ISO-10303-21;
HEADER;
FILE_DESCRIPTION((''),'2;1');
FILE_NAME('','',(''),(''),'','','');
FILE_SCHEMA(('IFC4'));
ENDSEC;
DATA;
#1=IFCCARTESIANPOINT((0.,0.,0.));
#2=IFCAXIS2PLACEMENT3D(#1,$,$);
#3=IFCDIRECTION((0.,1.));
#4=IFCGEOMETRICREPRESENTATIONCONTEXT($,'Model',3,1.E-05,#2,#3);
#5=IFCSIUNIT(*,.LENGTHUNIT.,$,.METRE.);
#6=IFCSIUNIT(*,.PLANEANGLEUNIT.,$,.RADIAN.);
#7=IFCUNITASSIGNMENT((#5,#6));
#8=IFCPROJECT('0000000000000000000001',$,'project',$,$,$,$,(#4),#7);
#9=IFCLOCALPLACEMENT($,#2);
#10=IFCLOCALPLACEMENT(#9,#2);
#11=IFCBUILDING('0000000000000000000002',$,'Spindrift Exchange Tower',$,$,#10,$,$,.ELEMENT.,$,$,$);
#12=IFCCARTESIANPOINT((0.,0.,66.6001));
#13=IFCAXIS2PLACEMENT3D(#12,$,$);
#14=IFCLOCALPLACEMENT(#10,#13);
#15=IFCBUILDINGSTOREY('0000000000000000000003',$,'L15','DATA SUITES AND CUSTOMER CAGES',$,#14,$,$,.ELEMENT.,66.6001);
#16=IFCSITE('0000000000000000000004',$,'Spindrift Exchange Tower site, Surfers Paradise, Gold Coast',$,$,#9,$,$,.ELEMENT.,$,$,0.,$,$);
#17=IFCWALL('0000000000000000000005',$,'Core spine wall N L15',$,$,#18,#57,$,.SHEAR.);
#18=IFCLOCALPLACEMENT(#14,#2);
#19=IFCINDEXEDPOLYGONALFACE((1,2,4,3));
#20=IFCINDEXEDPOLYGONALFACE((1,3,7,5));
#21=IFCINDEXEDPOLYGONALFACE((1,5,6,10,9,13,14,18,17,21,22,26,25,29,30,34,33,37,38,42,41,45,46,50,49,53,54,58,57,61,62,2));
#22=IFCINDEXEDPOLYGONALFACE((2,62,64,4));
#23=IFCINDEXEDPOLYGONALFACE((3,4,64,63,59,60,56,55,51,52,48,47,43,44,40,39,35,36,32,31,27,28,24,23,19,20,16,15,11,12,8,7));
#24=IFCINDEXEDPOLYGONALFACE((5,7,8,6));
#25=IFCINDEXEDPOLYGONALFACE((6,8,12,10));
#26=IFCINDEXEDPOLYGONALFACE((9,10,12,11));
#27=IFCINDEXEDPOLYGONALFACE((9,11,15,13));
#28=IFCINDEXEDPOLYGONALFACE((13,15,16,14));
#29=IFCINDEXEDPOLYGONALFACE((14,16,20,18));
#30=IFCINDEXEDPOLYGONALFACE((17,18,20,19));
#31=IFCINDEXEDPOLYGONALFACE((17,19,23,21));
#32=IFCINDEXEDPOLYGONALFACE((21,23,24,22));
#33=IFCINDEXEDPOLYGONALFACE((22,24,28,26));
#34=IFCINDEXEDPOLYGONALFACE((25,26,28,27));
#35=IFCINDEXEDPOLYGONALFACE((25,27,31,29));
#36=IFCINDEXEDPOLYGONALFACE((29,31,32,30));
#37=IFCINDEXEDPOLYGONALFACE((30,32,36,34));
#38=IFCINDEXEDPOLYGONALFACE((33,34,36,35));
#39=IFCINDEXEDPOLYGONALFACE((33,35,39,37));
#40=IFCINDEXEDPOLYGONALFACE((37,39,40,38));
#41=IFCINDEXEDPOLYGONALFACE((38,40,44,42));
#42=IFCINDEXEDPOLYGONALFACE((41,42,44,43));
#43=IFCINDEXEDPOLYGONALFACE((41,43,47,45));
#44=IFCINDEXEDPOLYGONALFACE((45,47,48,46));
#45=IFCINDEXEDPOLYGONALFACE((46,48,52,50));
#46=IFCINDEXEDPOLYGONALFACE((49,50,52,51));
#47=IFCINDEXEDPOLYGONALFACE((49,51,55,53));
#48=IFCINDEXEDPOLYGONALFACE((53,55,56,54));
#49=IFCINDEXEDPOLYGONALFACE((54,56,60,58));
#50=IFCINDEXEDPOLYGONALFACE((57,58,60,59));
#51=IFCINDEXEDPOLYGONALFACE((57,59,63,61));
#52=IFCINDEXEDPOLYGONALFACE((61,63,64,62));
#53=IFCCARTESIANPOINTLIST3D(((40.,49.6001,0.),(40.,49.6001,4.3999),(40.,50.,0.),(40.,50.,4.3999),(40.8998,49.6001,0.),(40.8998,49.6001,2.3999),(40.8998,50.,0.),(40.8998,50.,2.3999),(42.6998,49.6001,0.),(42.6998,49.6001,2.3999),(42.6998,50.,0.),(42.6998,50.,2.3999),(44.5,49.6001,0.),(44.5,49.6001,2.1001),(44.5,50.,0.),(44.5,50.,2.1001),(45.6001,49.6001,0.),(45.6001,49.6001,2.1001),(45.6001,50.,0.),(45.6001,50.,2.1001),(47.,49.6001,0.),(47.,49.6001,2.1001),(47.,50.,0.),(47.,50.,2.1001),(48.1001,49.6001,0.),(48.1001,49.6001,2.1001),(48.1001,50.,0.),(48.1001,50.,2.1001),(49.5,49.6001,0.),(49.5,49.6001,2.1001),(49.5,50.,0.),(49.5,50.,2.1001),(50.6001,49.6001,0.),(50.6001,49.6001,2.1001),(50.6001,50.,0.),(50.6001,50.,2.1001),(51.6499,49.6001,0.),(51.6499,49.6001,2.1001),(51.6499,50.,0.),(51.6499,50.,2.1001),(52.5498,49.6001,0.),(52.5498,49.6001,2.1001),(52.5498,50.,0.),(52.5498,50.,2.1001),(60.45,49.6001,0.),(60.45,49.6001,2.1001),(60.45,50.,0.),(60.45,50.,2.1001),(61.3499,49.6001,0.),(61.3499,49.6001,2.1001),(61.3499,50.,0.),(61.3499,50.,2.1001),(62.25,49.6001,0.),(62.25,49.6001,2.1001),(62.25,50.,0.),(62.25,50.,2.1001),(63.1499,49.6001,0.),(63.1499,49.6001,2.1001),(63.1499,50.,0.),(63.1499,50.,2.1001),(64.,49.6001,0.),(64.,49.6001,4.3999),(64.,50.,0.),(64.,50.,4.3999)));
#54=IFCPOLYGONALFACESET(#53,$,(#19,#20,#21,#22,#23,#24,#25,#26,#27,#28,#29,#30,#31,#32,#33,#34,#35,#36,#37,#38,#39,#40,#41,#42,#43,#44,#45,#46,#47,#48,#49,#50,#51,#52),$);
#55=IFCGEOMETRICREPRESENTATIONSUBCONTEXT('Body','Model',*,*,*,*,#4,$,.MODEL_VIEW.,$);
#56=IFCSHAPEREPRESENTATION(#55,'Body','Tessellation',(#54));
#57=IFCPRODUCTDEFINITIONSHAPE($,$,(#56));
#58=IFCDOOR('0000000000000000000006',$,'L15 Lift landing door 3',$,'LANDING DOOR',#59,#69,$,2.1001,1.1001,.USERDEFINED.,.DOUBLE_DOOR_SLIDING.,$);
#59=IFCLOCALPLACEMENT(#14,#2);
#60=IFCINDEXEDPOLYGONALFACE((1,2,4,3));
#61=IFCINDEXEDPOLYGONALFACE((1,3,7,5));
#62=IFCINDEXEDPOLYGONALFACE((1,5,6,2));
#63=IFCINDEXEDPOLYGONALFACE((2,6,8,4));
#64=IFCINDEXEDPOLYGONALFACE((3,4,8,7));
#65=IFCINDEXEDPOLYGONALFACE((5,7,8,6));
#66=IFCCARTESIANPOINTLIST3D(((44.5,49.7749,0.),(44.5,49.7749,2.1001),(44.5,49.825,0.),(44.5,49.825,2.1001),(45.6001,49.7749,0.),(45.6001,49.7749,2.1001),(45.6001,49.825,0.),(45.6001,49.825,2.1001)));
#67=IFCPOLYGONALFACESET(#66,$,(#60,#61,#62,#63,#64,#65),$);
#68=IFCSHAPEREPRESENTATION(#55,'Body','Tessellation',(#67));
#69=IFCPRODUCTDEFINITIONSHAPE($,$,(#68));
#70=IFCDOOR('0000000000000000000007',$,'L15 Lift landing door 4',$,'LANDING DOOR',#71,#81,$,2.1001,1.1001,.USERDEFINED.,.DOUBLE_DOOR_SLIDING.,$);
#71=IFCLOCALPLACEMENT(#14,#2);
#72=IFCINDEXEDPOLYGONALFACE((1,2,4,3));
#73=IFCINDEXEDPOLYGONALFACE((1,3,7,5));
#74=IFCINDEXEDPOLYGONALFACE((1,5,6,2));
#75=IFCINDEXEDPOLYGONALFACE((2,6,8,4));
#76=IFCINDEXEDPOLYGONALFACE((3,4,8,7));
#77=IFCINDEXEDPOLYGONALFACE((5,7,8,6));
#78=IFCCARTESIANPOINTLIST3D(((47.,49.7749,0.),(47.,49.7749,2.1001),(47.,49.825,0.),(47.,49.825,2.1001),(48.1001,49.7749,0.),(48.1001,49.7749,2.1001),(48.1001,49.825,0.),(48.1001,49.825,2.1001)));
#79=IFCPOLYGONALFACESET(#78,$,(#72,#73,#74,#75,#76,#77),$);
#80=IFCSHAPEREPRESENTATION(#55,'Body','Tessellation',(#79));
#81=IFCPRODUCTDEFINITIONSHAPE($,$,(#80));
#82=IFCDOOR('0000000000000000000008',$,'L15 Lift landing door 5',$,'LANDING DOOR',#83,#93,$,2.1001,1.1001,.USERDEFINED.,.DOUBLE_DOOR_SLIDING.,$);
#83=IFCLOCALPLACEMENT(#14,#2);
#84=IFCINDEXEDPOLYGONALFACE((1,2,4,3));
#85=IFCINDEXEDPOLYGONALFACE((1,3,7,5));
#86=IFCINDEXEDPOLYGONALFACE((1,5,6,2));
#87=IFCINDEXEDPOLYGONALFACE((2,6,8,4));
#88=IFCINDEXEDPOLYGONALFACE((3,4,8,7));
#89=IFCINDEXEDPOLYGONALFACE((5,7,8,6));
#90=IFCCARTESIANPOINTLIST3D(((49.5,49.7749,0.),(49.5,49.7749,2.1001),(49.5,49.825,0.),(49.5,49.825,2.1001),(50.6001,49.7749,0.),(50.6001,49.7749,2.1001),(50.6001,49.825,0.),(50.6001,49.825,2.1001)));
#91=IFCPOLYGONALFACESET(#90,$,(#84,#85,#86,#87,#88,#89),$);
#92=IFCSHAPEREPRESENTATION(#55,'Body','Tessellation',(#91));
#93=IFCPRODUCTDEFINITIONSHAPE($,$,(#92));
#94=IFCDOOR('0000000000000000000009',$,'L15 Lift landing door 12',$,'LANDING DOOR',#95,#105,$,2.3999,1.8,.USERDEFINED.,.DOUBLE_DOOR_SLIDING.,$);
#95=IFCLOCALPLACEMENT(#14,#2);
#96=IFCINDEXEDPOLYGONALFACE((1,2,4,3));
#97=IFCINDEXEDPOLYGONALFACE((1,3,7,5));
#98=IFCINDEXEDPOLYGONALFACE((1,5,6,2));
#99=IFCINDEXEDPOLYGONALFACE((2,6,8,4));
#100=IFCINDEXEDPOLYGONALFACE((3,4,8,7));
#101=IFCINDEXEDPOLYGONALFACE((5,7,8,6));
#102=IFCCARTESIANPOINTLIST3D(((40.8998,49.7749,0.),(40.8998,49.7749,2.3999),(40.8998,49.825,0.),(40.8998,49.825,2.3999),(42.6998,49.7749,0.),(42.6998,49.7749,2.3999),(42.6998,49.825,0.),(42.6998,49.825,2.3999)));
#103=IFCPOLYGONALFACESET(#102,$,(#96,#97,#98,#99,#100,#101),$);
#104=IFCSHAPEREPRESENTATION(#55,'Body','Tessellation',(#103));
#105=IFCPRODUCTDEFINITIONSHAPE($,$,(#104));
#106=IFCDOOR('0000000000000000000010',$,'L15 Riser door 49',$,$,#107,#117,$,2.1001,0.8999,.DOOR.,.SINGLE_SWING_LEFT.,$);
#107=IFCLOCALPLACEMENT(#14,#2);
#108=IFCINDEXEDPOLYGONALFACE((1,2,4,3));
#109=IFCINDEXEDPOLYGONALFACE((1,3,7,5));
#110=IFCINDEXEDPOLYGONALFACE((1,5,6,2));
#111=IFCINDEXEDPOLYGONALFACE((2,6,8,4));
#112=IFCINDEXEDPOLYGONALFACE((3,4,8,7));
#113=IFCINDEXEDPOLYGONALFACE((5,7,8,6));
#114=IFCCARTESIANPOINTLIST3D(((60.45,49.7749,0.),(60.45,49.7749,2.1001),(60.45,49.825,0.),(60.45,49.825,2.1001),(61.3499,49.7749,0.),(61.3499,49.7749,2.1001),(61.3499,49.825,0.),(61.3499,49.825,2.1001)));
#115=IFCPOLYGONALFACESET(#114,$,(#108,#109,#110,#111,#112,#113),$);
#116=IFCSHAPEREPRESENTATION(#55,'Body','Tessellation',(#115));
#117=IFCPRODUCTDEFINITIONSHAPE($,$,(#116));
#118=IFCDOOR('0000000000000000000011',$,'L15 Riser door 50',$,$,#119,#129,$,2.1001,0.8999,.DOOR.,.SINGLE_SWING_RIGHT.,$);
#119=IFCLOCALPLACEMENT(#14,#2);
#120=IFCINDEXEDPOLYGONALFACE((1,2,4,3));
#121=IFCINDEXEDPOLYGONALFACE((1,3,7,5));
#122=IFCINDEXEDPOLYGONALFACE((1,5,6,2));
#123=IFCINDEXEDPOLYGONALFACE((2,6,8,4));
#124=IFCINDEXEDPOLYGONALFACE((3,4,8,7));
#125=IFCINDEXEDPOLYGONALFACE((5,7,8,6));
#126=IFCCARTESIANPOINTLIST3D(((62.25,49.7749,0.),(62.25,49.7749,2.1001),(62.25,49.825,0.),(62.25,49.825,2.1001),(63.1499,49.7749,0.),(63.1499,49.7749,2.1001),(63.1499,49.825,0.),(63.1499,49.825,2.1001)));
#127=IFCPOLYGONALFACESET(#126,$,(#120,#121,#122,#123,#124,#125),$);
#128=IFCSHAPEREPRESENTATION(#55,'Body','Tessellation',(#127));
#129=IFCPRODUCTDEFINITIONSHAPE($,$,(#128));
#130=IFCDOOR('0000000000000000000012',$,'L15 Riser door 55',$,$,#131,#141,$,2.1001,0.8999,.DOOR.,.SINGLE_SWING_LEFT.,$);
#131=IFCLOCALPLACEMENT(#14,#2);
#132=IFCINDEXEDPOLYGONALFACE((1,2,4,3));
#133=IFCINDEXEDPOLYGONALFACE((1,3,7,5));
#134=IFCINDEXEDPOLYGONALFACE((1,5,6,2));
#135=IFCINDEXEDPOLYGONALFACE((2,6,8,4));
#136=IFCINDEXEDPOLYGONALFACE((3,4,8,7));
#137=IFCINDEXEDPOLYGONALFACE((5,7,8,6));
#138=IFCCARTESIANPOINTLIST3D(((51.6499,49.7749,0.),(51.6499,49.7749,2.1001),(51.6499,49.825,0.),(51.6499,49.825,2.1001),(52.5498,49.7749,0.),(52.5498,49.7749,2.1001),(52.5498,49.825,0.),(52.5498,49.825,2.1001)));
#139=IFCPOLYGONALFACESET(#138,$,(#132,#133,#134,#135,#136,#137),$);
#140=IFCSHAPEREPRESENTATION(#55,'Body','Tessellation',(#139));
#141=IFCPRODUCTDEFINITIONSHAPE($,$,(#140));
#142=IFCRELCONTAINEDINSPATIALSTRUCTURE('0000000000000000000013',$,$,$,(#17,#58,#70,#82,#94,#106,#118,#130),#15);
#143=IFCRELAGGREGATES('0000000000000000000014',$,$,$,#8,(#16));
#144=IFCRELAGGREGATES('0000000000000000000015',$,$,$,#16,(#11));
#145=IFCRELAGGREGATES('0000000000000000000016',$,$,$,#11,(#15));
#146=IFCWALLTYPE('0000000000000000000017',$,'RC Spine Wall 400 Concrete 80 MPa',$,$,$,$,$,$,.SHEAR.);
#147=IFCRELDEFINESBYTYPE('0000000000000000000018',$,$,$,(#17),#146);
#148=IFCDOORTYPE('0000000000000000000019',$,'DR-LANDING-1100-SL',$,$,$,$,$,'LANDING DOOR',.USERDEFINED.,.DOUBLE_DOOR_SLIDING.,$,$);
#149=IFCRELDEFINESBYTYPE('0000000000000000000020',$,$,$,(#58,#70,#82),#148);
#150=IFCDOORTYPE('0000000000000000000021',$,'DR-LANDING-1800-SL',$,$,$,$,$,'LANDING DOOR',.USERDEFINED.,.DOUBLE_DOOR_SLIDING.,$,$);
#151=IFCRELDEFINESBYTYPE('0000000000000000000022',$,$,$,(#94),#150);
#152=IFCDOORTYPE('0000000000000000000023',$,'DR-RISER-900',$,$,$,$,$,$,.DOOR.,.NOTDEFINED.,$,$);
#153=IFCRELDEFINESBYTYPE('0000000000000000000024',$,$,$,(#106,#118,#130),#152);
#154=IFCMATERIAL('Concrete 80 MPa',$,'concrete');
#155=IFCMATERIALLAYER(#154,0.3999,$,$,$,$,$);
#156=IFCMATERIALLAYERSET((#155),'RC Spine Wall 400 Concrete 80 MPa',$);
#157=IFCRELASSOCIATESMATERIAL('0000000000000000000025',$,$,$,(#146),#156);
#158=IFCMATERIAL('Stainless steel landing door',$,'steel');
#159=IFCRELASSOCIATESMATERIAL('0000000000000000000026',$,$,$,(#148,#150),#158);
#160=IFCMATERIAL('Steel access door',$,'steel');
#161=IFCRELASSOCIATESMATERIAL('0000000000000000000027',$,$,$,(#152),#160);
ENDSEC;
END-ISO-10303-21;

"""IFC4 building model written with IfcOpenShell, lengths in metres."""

from ifc_helpers import new_model, si_unit, direction, frame, frame_2d, origin, place, context, subcontext, project, spatial, rectangle, extrude, source, transform, mapped, material, layer, layer_set, type_object, element, fill, save


model = new_model("IFC4")

# Units and contexts
model_context = context("Model", 3, precision=1e-05, world=origin(), true_north=direction((0.0, 1.0)))
body_context = subcontext(model_context, "Body", "Model", "MODEL_VIEW")
ifc_project = project(units=[si_unit("LENGTHUNIT", "METRE"), si_unit("PLANEANGLEUNIT", "RADIAN")], contexts=[model_context])

# Site, building, storey
site_placement = place(None, origin())
site = spatial("IfcSite", under=ifc_project, at=site_placement, Name="Spindrift Exchange Tower site, Surfers Paradise, Gold Coast", CompositionType="ELEMENT", RefElevation=0.0)
building_placement = place(site_placement, origin())
building = spatial("IfcBuilding", under=site, at=building_placement, Name="Spindrift Exchange Tower", CompositionType="ELEMENT")
storey_placement = place(building_placement, frame((0.0, 0.0, 66.6001)))
storey = spatial("IfcBuildingStorey", under=building, at=storey_placement, Name="L15", Description="DATA SUITES AND CUSTOMER CAGES", CompositionType="ELEMENT", Elevation=66.6001)

# Wall, openings, doors
ifc_material_1 = material(Name="Concrete 80 MPa", Category="concrete")
ifc_layer_1 = layer(ifc_material_1, 0.3999)
ifc_layer_set_1 = layer_set([ifc_layer_1], Name="RC Spine Wall 400 Concrete 80 MPa")
wall_type_1 = type_object("IfcWallType", Name="RC Spine Wall 400 Concrete 80 MPa", PredefinedType="SHEAR", material=ifc_layer_set_1)
wall_1_placement = place(storey_placement, frame((40.0, 49.8, 0.0), z_axis=(0.0, 0.0, 1.0), x_axis=(1.0, 0.0, 0.0)))
wall_1 = element("IfcWall", 1, at=wall_1_placement, inside=storey, type_object=wall_type_1, Name="Core spine wall N L15", PredefinedType="SHEAR", context=body_context, shape_type="SweptSolid", body=[
    extrude(rectangle(XDim=24.0, YDim=0.3999, at=frame_2d((12.0, 0.0))), origin(), (0.0, 0.0, 1.0), 4.3999),
])
opening_1_placement = place(wall_1_placement, frame((4.5, 0.0, 0.0)))
opening_1 = element("IfcOpeningElement", 2, at=opening_1_placement, cuts=wall_1, PredefinedType="OPENING", context=body_context, shape_type="SweptSolid", body=[
    extrude(rectangle(XDim=1.1001, YDim=2.1001, at=frame_2d((0.55, 1.05))), frame((0.0, 0.21, 0.0), z_axis=(0.0, -1.0, 0.0), x_axis=(1.0, 0.0, 0.0)), (0.0, 0.0, 1.0), 0.4199),
])
opening_2_placement = place(wall_1_placement, frame((7.0, 0.0, 0.0)))
opening_2 = element("IfcOpeningElement", 3, at=opening_2_placement, cuts=wall_1, PredefinedType="OPENING", context=body_context, shape_type="SweptSolid", body=[
    extrude(rectangle(XDim=1.1001, YDim=2.1001, at=frame_2d((0.55, 1.05))), frame((0.0, 0.21, 0.0), z_axis=(0.0, -1.0, 0.0), x_axis=(1.0, 0.0, 0.0)), (0.0, 0.0, 1.0), 0.4199),
])
opening_3_placement = place(wall_1_placement, frame((9.5, 0.0, 0.0)))
opening_3 = element("IfcOpeningElement", 4, at=opening_3_placement, cuts=wall_1, PredefinedType="OPENING", context=body_context, shape_type="SweptSolid", body=[
    extrude(rectangle(XDim=1.1001, YDim=2.1001, at=frame_2d((0.55, 1.05))), frame((0.0, 0.21, 0.0), z_axis=(0.0, -1.0, 0.0), x_axis=(1.0, 0.0, 0.0)), (0.0, 0.0, 1.0), 0.4199),
])
opening_4_placement = place(wall_1_placement, frame((0.8999, 0.0, 0.0)))
opening_4 = element("IfcOpeningElement", 5, at=opening_4_placement, cuts=wall_1, PredefinedType="OPENING", context=body_context, shape_type="SweptSolid", body=[
    extrude(rectangle(XDim=1.8, YDim=2.3999, at=frame_2d((0.8999, 1.2))), frame((0.0, 0.21, 0.0), z_axis=(0.0, -1.0, 0.0), x_axis=(1.0, 0.0, 0.0)), (0.0, 0.0, 1.0), 0.4199),
])
opening_5_placement = place(wall_1_placement, frame((20.45, 0.0, 0.0)))
opening_5 = element("IfcOpeningElement", 6, at=opening_5_placement, cuts=wall_1, PredefinedType="OPENING", context=body_context, shape_type="SweptSolid", body=[
    extrude(rectangle(XDim=0.8999, YDim=2.1001, at=frame_2d((0.45, 1.05))), frame((0.0, 0.21, 0.0), z_axis=(0.0, -1.0, 0.0), x_axis=(1.0, 0.0, 0.0)), (0.0, 0.0, 1.0), 0.4199),
])
opening_6_placement = place(wall_1_placement, frame((22.25, 0.0, 0.0)))
opening_6 = element("IfcOpeningElement", 7, at=opening_6_placement, cuts=wall_1, PredefinedType="OPENING", context=body_context, shape_type="SweptSolid", body=[
    extrude(rectangle(XDim=0.8999, YDim=2.1001, at=frame_2d((0.45, 1.05))), frame((0.0, 0.21, 0.0), z_axis=(0.0, -1.0, 0.0), x_axis=(1.0, 0.0, 0.0)), (0.0, 0.0, 1.0), 0.4199),
])
opening_7_placement = place(wall_1_placement, frame((11.6499, 0.0, 0.0)))
opening_7 = element("IfcOpeningElement", 8, at=opening_7_placement, cuts=wall_1, PredefinedType="OPENING", context=body_context, shape_type="SweptSolid", body=[
    extrude(rectangle(XDim=0.8999, YDim=2.1001, at=frame_2d((0.45, 1.05))), frame((0.0, 0.21, 0.0), z_axis=(0.0, -1.0, 0.0), x_axis=(1.0, 0.0, 0.0)), (0.0, 0.0, 1.0), 0.4199),
])
ifc_material_2 = material(Name="Stainless steel landing door", Category="steel")
door_type_1 = type_object("IfcDoorType", Name="DR-LANDING-1100-SL", ElementType="LANDING DOOR", OperationType="DOUBLE_DOOR_SLIDING", PredefinedType="USERDEFINED", material=ifc_material_2)
shared_shape_1 = source(origin(), body_context, "Body", "SweptSolid", [
    extrude(rectangle(XDim=1.1001, YDim=2.1001, at=frame_2d((0.55, 1.05))), frame((0.0, 0.0249, 0.0), z_axis=(0.0, -1.0, 0.0), x_axis=(1.0, 0.0, 0.0)), (0.0, 0.0, 1.0), 0.05),
])
door_1_placement = place(opening_1_placement, origin())
door_1 = element("IfcDoor", 9, at=door_1_placement, inside=storey, type_object=door_type_1, Name="L15 Lift landing door 3", ObjectType="LANDING DOOR", OperationType="DOUBLE_DOOR_SLIDING", OverallHeight=2.1001, OverallWidth=1.1001, PredefinedType="USERDEFINED", context=body_context, shape_type="MappedRepresentation", body=[
    mapped(shared_shape_1, transform((0.0, 0.0, 0.0), scale=1.0)),
])
fill(opening_1, door_1)
door_2_placement = place(opening_2_placement, origin())
door_2 = element("IfcDoor", 10, at=door_2_placement, inside=storey, type_object=door_type_1, Name="L15 Lift landing door 4", ObjectType="LANDING DOOR", OperationType="DOUBLE_DOOR_SLIDING", OverallHeight=2.1001, OverallWidth=1.1001, PredefinedType="USERDEFINED", context=body_context, shape_type="MappedRepresentation", body=[
    mapped(shared_shape_1, transform((0.0, 0.0, 0.0), scale=1.0)),
])
fill(opening_2, door_2)
door_3_placement = place(opening_3_placement, origin())
door_3 = element("IfcDoor", 11, at=door_3_placement, inside=storey, type_object=door_type_1, Name="L15 Lift landing door 5", ObjectType="LANDING DOOR", OperationType="DOUBLE_DOOR_SLIDING", OverallHeight=2.1001, OverallWidth=1.1001, PredefinedType="USERDEFINED", context=body_context, shape_type="MappedRepresentation", body=[
    mapped(shared_shape_1, transform((0.0, 0.0, 0.0), scale=1.0)),
])
fill(opening_3, door_3)
door_type_2 = type_object("IfcDoorType", Name="DR-LANDING-1800-SL", ElementType="LANDING DOOR", OperationType="DOUBLE_DOOR_SLIDING", PredefinedType="USERDEFINED", material=ifc_material_2)
shared_shape_2 = source(origin(), body_context, "Body", "SweptSolid", [
    extrude(rectangle(XDim=1.8, YDim=2.3999, at=frame_2d((0.8999, 1.2))), frame((0.0, 0.0249, 0.0), z_axis=(0.0, -1.0, 0.0), x_axis=(1.0, 0.0, 0.0)), (0.0, 0.0, 1.0), 0.05),
])
door_4_placement = place(opening_4_placement, origin())
door_4 = element("IfcDoor", 12, at=door_4_placement, inside=storey, type_object=door_type_2, Name="L15 Lift landing door 12", ObjectType="LANDING DOOR", OperationType="DOUBLE_DOOR_SLIDING", OverallHeight=2.3999, OverallWidth=1.8, PredefinedType="USERDEFINED", context=body_context, shape_type="MappedRepresentation", body=[
    mapped(shared_shape_2, transform((0.0, 0.0, 0.0), scale=1.0)),
])
fill(opening_4, door_4)
ifc_material_3 = material(Name="Steel access door", Category="steel")
door_type_3 = type_object("IfcDoorType", Name="DR-RISER-900", OperationType="NOTDEFINED", PredefinedType="DOOR", material=ifc_material_3)
shared_shape_3 = source(origin(), body_context, "Body", "SweptSolid", [
    extrude(rectangle(XDim=0.8999, YDim=2.1001, at=frame_2d((0.45, 1.05))), frame((0.0, 0.0249, 0.0), z_axis=(0.0, -1.0, 0.0), x_axis=(1.0, 0.0, 0.0)), (0.0, 0.0, 1.0), 0.05),
])
door_5_placement = place(opening_5_placement, origin())
door_5 = element("IfcDoor", 13, at=door_5_placement, inside=storey, type_object=door_type_3, Name="L15 Riser door 49", OperationType="SINGLE_SWING_LEFT", OverallHeight=2.1001, OverallWidth=0.8999, PredefinedType="DOOR", context=body_context, shape_type="MappedRepresentation", body=[
    mapped(shared_shape_3, transform((0.0, 0.0, 0.0), scale=1.0)),
])
fill(opening_5, door_5)
door_6_placement = place(opening_6_placement, origin())
door_6 = element("IfcDoor", 14, at=door_6_placement, inside=storey, type_object=door_type_3, Name="L15 Riser door 50", OperationType="SINGLE_SWING_RIGHT", OverallHeight=2.1001, OverallWidth=0.8999, PredefinedType="DOOR", context=body_context, shape_type="MappedRepresentation", body=[
    mapped(shared_shape_3, transform((0.0, 0.0, 0.0), scale=1.0)),
])
fill(opening_6, door_6)
door_7_placement = place(opening_7_placement, origin())
door_7 = element("IfcDoor", 15, at=door_7_placement, inside=storey, type_object=door_type_3, Name="L15 Riser door 55", OperationType="SINGLE_SWING_LEFT", OverallHeight=2.1001, OverallWidth=0.8999, PredefinedType="DOOR", context=body_context, shape_type="MappedRepresentation", body=[
    mapped(shared_shape_3, transform((0.0, 0.0, 0.0), scale=1.0)),
])
fill(opening_7, door_7)

save(model, "model.ifc")
